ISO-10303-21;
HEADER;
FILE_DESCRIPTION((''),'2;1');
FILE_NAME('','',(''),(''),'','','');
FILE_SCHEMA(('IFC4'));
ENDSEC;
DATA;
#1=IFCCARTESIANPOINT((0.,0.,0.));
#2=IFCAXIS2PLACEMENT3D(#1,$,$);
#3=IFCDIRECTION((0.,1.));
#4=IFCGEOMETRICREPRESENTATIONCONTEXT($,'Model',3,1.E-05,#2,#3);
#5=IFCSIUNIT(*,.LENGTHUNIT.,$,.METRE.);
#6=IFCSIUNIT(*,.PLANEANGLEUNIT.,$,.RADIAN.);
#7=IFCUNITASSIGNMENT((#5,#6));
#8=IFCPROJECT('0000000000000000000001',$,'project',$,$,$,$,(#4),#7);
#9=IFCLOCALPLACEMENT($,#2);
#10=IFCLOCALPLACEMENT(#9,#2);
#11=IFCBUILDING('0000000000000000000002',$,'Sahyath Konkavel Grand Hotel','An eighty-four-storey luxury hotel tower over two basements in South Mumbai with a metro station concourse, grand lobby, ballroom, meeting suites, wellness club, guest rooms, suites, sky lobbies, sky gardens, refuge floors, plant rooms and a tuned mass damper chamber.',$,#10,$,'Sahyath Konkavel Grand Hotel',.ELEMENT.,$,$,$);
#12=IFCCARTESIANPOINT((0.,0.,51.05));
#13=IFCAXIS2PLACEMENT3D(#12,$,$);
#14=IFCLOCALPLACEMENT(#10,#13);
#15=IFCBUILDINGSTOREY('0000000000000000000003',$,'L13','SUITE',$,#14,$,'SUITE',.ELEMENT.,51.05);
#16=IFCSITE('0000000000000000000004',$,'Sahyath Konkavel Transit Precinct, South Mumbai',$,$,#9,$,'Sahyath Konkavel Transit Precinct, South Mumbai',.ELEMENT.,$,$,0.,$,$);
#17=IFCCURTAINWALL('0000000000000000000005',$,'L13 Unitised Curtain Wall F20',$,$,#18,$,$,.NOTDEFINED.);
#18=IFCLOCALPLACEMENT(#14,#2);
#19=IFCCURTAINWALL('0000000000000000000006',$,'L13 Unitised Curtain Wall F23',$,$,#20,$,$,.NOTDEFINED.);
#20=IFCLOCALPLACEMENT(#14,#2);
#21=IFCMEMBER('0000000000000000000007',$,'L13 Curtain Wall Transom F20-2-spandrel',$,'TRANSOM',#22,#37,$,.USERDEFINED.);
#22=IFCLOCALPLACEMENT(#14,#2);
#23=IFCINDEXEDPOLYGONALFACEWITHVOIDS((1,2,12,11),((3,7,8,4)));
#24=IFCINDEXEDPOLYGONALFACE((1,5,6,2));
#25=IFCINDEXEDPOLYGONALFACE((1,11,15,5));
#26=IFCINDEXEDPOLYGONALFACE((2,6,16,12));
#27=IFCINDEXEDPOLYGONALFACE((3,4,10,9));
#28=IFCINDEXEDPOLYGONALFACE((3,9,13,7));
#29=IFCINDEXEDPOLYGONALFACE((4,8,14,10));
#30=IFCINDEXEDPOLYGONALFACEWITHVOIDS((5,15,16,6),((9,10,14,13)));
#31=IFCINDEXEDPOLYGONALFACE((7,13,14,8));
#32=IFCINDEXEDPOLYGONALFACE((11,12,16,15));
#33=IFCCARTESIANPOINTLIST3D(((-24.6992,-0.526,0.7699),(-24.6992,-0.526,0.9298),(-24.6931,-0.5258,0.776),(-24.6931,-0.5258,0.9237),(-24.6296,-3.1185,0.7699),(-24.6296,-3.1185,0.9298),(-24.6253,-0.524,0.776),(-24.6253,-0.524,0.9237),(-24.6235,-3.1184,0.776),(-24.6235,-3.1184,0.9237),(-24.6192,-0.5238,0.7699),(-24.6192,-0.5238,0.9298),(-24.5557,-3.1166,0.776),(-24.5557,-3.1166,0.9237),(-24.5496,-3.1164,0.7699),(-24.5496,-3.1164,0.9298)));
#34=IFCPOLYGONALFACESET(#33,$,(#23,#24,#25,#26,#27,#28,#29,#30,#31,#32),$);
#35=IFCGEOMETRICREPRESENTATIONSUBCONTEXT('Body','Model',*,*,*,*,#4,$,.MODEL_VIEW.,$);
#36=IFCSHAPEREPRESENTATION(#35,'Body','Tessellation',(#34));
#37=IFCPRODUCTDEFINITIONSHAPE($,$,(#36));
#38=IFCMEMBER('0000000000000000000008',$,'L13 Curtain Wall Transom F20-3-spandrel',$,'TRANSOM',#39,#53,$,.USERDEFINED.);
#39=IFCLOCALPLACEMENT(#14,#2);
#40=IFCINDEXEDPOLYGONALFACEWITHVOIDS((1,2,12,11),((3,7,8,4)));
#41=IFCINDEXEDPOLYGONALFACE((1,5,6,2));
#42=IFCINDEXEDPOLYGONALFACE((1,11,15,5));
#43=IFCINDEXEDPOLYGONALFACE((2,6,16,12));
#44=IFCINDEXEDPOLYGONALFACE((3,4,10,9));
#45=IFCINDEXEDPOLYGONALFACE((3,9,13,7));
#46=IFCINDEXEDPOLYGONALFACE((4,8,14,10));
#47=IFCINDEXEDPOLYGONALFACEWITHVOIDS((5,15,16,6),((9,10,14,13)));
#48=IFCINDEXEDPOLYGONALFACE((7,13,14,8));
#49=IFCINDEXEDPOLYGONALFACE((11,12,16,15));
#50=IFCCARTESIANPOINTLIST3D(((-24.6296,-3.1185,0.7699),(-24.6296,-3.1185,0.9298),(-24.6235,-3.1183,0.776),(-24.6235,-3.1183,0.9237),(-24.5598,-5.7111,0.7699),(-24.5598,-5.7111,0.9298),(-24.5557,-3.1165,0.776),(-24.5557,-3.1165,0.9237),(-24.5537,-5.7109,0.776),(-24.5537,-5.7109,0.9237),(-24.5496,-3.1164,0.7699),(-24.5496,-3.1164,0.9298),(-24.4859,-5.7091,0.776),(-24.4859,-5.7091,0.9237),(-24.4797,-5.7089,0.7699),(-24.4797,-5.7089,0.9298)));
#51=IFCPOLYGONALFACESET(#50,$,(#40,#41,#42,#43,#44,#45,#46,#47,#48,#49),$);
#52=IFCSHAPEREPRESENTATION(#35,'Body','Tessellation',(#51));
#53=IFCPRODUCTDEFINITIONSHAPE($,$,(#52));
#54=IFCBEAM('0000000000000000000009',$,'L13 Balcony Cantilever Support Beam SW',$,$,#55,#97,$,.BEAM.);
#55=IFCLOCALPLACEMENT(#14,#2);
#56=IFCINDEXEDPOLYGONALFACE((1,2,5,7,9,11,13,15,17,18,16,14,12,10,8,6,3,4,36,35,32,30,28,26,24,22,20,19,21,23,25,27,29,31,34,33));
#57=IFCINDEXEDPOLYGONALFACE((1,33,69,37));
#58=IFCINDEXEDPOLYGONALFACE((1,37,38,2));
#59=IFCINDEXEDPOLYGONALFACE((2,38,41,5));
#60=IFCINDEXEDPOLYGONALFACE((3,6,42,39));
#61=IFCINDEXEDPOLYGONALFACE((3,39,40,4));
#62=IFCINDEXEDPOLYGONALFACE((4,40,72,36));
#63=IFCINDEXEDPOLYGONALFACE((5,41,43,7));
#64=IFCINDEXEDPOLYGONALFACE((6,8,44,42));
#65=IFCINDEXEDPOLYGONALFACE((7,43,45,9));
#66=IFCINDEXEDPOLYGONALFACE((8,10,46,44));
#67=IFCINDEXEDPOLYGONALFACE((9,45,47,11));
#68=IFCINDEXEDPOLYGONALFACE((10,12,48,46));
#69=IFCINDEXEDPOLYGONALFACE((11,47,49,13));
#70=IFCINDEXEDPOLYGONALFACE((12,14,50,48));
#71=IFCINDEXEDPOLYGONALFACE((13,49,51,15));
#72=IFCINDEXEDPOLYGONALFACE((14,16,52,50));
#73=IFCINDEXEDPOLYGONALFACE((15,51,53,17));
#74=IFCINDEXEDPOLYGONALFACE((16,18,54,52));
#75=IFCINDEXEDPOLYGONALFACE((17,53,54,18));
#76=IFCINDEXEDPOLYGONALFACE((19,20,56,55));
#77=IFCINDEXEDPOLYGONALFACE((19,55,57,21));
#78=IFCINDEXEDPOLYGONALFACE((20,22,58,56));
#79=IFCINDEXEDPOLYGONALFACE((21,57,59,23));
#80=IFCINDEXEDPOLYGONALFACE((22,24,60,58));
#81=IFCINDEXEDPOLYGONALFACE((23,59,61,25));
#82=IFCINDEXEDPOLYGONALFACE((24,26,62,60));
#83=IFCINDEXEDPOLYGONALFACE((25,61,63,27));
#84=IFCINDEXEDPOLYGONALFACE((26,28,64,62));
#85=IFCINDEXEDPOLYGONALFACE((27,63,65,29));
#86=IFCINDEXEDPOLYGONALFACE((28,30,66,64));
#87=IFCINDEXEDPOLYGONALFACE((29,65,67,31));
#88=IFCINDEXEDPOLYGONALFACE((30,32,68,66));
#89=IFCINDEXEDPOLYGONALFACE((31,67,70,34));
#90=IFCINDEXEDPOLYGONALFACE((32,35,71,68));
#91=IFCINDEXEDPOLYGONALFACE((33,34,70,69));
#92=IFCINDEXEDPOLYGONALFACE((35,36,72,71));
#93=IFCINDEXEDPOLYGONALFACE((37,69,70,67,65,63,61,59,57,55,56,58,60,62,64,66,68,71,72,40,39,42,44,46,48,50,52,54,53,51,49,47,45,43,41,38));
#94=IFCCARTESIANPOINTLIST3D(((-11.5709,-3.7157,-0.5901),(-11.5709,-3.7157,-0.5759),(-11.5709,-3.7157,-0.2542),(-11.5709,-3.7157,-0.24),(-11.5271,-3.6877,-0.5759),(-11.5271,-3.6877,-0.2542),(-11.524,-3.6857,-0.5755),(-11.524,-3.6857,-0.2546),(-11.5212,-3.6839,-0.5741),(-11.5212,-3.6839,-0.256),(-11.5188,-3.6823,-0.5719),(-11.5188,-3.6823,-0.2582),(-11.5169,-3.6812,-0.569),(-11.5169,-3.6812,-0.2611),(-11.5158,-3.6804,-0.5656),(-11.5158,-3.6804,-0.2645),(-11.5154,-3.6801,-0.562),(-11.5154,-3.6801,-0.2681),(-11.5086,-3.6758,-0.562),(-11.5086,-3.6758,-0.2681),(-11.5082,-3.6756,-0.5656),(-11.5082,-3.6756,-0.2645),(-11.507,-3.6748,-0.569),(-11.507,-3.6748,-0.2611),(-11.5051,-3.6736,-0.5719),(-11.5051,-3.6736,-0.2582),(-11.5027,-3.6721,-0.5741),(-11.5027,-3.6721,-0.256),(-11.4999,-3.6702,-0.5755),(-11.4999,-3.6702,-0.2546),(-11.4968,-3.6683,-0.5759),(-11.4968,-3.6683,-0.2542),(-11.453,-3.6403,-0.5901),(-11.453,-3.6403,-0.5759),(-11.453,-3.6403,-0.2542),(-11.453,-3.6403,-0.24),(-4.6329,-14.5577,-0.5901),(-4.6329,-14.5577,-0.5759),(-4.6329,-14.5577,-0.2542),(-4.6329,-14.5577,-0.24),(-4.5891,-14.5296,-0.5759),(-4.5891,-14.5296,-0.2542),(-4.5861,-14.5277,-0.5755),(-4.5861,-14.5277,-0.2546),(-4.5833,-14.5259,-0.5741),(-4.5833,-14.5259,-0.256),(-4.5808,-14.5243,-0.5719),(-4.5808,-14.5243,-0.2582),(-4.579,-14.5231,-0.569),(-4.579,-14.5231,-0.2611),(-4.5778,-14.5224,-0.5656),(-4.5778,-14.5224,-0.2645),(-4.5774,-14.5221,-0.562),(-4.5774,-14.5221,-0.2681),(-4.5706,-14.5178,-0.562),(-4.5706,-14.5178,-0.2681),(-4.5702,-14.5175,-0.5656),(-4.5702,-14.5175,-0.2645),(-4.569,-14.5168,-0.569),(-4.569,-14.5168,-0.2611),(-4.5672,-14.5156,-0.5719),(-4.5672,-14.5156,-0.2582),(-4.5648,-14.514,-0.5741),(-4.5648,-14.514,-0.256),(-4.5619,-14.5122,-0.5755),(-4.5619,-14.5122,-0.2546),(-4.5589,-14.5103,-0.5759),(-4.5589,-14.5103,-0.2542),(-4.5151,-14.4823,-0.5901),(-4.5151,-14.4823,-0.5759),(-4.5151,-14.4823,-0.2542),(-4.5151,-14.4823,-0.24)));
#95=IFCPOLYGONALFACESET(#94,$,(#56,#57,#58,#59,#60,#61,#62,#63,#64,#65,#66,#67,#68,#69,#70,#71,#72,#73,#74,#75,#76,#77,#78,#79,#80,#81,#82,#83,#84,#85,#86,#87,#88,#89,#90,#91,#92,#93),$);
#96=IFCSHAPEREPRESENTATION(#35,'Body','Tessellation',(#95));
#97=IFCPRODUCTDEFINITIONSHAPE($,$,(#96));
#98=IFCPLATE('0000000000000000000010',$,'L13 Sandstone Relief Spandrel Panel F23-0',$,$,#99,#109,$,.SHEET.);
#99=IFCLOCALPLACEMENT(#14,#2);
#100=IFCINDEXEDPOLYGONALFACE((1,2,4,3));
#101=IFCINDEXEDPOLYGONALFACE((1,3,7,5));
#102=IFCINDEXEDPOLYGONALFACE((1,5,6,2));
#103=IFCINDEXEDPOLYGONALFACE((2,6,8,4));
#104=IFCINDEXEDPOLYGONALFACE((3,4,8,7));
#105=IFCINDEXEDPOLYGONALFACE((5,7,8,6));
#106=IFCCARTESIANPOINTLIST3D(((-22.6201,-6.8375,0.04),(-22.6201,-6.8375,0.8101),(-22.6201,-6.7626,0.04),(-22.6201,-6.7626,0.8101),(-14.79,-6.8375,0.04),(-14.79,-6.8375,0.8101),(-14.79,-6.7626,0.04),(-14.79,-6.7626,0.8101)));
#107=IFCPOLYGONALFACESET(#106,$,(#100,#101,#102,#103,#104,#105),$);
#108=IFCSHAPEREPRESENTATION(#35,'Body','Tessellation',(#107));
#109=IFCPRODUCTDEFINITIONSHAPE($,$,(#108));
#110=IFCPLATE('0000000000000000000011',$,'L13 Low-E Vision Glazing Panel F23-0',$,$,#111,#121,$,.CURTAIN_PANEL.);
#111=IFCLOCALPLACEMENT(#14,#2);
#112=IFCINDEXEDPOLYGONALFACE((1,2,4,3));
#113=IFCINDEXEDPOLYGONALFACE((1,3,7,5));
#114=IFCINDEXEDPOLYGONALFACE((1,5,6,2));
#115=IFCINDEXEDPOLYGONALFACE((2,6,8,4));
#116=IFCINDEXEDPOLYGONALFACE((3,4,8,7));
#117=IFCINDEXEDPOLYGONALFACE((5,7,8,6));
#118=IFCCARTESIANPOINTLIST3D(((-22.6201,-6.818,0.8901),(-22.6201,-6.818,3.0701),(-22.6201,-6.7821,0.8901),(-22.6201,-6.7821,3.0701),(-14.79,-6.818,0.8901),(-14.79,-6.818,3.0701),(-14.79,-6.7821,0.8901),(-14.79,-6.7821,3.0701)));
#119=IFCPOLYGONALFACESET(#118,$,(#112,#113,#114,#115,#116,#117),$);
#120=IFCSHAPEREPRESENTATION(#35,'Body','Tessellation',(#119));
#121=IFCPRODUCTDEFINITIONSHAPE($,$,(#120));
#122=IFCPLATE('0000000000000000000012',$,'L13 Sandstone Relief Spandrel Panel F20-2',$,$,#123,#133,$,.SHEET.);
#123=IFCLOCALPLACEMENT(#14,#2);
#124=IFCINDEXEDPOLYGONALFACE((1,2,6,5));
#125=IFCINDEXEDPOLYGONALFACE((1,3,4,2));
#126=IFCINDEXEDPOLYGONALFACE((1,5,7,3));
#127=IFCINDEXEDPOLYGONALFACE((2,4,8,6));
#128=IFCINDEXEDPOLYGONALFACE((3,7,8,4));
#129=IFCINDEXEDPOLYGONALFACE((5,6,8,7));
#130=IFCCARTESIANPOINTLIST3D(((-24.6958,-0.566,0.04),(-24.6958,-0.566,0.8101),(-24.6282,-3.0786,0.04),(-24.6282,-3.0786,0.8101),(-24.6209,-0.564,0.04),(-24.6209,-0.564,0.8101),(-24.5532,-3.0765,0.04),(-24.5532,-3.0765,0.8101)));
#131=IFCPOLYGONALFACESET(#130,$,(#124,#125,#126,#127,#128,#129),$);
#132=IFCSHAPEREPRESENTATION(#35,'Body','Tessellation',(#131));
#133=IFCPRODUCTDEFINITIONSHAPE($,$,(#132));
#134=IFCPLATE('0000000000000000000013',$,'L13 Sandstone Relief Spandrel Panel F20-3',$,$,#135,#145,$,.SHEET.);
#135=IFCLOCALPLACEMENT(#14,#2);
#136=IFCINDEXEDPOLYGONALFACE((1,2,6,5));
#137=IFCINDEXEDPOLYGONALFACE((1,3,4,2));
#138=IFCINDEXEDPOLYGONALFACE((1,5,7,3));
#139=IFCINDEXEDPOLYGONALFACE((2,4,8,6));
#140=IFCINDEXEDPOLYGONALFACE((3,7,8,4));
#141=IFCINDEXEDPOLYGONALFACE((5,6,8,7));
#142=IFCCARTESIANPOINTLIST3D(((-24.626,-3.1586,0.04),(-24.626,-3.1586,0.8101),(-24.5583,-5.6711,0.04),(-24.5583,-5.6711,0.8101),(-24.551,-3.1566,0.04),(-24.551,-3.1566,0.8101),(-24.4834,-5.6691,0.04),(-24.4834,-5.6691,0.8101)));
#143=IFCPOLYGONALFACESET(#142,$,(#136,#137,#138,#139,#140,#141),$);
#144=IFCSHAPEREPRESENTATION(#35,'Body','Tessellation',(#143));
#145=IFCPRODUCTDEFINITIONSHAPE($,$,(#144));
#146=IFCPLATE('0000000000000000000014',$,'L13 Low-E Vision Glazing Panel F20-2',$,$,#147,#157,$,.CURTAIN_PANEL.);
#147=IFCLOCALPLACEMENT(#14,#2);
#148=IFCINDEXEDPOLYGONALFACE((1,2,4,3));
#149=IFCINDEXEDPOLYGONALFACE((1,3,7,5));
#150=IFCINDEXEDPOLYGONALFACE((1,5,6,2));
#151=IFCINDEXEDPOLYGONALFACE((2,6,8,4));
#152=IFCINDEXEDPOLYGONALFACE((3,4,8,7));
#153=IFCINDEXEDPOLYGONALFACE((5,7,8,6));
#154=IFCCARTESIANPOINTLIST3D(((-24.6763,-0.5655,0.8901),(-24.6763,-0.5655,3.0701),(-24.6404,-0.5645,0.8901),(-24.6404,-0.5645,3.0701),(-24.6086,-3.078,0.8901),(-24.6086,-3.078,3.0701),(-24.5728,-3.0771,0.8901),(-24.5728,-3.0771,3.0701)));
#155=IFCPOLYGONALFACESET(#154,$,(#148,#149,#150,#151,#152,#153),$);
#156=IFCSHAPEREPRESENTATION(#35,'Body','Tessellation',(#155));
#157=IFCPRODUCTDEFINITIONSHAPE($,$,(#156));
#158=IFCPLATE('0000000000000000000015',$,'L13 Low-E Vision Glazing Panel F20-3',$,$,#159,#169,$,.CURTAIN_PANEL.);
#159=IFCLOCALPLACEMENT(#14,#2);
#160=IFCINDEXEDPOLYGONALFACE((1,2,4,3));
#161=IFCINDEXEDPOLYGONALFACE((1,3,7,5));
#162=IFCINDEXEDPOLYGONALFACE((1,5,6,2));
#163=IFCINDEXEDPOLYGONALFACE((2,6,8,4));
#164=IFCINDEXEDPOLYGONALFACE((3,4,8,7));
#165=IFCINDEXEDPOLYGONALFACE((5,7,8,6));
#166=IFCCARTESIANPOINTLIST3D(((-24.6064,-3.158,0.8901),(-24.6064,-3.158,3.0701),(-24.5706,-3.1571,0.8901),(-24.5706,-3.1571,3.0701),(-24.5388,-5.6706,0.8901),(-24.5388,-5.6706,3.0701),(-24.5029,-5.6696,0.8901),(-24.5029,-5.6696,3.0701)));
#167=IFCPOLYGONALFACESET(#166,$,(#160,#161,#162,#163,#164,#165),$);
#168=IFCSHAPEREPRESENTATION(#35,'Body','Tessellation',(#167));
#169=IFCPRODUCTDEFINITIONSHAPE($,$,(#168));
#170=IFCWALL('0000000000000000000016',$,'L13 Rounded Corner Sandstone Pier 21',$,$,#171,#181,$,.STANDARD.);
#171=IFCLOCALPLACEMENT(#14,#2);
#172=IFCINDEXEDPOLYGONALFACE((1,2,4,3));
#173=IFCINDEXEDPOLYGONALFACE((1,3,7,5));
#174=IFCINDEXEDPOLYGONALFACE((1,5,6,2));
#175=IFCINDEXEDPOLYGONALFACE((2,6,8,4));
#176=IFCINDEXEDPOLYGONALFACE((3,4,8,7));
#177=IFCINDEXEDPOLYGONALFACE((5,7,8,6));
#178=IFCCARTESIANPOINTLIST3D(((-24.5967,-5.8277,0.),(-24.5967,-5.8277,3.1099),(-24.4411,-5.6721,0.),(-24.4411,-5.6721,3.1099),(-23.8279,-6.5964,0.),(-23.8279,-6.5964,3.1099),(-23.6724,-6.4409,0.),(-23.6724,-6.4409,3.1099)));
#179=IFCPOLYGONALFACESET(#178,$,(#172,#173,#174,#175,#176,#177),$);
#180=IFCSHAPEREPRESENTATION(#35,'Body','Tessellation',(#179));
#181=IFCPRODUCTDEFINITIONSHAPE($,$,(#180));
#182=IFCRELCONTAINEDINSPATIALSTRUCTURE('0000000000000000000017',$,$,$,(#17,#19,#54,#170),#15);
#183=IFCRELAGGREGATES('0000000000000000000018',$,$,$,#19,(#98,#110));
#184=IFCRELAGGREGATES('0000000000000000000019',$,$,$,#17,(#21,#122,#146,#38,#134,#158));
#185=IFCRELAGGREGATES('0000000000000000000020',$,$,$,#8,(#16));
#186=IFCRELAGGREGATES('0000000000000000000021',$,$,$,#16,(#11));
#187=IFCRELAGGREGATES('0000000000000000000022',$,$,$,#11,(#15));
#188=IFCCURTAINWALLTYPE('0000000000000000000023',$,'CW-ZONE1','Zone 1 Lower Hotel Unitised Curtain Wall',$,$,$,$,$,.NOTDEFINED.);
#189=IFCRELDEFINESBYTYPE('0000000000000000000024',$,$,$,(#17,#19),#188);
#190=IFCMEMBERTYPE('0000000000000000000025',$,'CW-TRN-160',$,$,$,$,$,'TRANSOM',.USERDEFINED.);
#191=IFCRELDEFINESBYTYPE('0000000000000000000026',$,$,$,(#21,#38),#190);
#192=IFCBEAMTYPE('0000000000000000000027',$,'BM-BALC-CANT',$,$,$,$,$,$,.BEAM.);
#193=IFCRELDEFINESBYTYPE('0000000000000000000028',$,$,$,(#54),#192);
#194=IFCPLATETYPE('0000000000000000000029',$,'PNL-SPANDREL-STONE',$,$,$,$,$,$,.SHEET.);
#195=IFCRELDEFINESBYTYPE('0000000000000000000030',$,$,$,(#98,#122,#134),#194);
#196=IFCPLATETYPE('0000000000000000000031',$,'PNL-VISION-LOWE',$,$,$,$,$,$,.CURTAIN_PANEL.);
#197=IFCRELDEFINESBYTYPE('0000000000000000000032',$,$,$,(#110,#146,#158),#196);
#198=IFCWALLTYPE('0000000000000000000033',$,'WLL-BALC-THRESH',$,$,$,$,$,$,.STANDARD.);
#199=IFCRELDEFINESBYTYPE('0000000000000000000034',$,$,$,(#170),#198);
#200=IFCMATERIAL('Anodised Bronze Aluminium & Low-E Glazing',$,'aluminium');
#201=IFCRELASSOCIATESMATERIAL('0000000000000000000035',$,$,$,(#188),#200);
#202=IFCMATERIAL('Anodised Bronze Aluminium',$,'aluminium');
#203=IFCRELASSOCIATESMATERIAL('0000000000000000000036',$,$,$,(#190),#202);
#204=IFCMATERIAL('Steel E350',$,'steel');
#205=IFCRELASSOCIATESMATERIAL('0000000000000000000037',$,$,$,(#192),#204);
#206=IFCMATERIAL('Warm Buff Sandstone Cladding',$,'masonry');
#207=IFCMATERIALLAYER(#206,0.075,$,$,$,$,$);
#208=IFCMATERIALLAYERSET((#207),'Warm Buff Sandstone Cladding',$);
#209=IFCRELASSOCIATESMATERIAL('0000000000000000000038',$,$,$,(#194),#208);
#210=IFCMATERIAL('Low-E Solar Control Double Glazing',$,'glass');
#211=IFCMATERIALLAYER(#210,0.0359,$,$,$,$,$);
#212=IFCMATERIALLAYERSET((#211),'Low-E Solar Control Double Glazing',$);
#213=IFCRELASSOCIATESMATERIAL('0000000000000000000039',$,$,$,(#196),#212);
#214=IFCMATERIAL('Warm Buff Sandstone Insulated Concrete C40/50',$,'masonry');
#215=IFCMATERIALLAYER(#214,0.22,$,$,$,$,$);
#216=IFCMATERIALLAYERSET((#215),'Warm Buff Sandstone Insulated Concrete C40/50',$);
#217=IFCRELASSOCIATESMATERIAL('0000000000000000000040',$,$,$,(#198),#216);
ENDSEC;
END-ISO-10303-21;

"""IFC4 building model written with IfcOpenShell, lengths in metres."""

from ifc_helpers import new_model, si_unit, direction, frame, frame_2d, origin, origin_2d, place, context, subcontext, project, spatial, rectangle, hollow_rectangle, i_section, extrude, source, transform, mapped, material, layer, layer_set, material_profile, profile_set, type_object, element, aggregate, save


model = new_model("IFC4")

# Units and contexts
model_context = context("Model", 3, precision=1e-05, world=origin(), true_north=direction((0.0, 1.0)))
body_context = subcontext(model_context, "Body", "Model", "MODEL_VIEW")
ifc_project = project(units=[si_unit("LENGTHUNIT", "METRE"), si_unit("PLANEANGLEUNIT", "RADIAN")], contexts=[model_context])

# Site, building, storey
site_placement = place(None, origin())
site = spatial("IfcSite", under=ifc_project, at=site_placement, Name="Sahyath Konkavel Transit Precinct, South Mumbai", LongName="Sahyath Konkavel Transit Precinct, South Mumbai", CompositionType="ELEMENT", RefElevation=0.0)
building_placement = place(site_placement, origin())
building = spatial("IfcBuilding", under=site, at=building_placement, Name="Sahyath Konkavel Grand Hotel", Description="An eighty-four-storey luxury hotel tower over two basements in South Mumbai with a metro station concourse, grand lobby, ballroom, meeting suites, wellness club, guest rooms, suites, sky lobbies, sky gardens, refuge floors, plant rooms and a tuned mass damper chamber.", LongName="Sahyath Konkavel Grand Hotel", CompositionType="ELEMENT")
storey_placement = place(building_placement, frame((0.0, 0.0, 51.05)))
storey = spatial("IfcBuildingStorey", under=building, at=storey_placement, Name="L13", Description="SUITE", LongName="SUITE", CompositionType="ELEMENT", Elevation=51.05)

# Shared definitions
ifc_material_1 = material(Name="Steel E350", Category="steel")

# Curtain wall
ifc_material_2 = material(Name="Anodised Bronze Aluminium & Low-E Glazing", Category="aluminium")
curtain_wall_type = type_object("IfcCurtainWallType", Name="CW-ZONE1", Description="Zone 1 Lower Hotel Unitised Curtain Wall", PredefinedType="NOTDEFINED", material=ifc_material_2)
curtain_wall_1_placement = place(storey_placement, origin())
curtain_wall_1 = element("IfcCurtainWall", 1, at=curtain_wall_1_placement, inside=storey, type_object=curtain_wall_type, Name="L13 Unitised Curtain Wall F20", PredefinedType="NOTDEFINED")
ifc_material_3 = material(Name="Anodised Bronze Aluminium", Category="aluminium")

# Curtain wall
curtain_wall_2_placement = place(storey_placement, origin())
curtain_wall_2 = element("IfcCurtainWall", 2, at=curtain_wall_2_placement, inside=storey, type_object=curtain_wall_type, Name="L13 Unitised Curtain Wall F23", PredefinedType="NOTDEFINED")

# Members
ifc_material_profile_1 = material_profile(ifc_material_3, hollow_rectangle(XDim=0.0801, YDim=0.1599, WallThickness=0.0061, at=origin_2d()), Name="RHS 160x80x6")
ifc_profile_set_1 = profile_set([ifc_material_profile_1], Name="Anodised Bronze Aluminium")
member_type_1 = type_object("IfcMemberType", Name="CW-TRN-160", ElementType="TRANSOM", PredefinedType="USERDEFINED", material=ifc_profile_set_1)
shared_shape_1 = source(origin(), body_context, "Body", "SweptSolid", [
    extrude(hollow_rectangle(XDim=0.0801, YDim=0.1599, WallThickness=0.0061, at=origin_2d()), origin(), (0.0, 0.0, 1.0), 2.5935),
])
member_1_placement = place(storey_placement, frame((-24.6592, -0.5249, 0.8499), z_axis=(0.026829, -0.99964, 0.0), x_axis=(0.99964, 0.026829, 0.0)))
member_1 = element("IfcMember", 3, at=member_1_placement, type_object=member_type_1, Name="L13 Curtain Wall Transom F20-2-spandrel", ObjectType="TRANSOM", PredefinedType="USERDEFINED", context=body_context, shape_type="MappedRepresentation", body=[
    mapped(shared_shape_1, transform((0.0, 0.0, 0.0), scale=1.0)),
])
member_2_placement = place(storey_placement, frame((-24.5896, -3.1174, 0.8499), z_axis=(0.026923, -0.999638, 0.0), x_axis=(0.999638, 0.026923, 0.0)))
member_2 = element("IfcMember", 4, at=member_2_placement, type_object=member_type_1, Name="L13 Curtain Wall Transom F20-3-spandrel", ObjectType="TRANSOM", PredefinedType="USERDEFINED", context=body_context, shape_type="MappedRepresentation", body=[
    mapped(shared_shape_1, transform((0.0, 0.0, 0.0), scale=1.0)),
])

# Beam
ifc_material_profile_2 = material_profile(ifc_material_1, i_section(OverallWidth=0.1399, OverallDepth=0.3501, WebThickness=0.0081, FlangeThickness=0.0142, FilletRadius=0.0139, at=origin_2d()), Name="ISMB 350")
ifc_profile_set_2 = profile_set([ifc_material_profile_2], Name="Steel E350")
beam_type_1 = type_object("IfcBeamType", Name="BM-BALC-CANT", PredefinedType="BEAM", material=ifc_profile_set_2)
shared_shape_2 = source(origin(), body_context, "Body", "SweptSolid", [
    extrude(i_section(OverallWidth=0.1399, OverallDepth=0.3501, WebThickness=0.0081, FlangeThickness=0.0142, FilletRadius=0.0139, at=origin_2d()), origin(), (0.0, 0.0, 1.0), 12.8718),
])
beam_1_placement = place(storey_placement, frame((-11.512, -3.678, -0.415), z_axis=(0.539003, -0.842304, 0.0), x_axis=(0.842304, 0.539003, 0.0)))
element("IfcBeam", 5, at=beam_1_placement, inside=storey, type_object=beam_type_1, Name="L13 Balcony Cantilever Support Beam SW", PredefinedType="BEAM", context=body_context, shape_type="MappedRepresentation", body=[
    mapped(shared_shape_2, transform((0.0, 0.0, 0.0), scale=1.0)),
])

# Plates
ifc_material_4 = material(Name="Warm Buff Sandstone Cladding", Category="masonry")
ifc_layer_1 = layer(ifc_material_4, 0.075)
ifc_layer_set_1 = layer_set([ifc_layer_1], Name="Warm Buff Sandstone Cladding")
plate_type_1 = type_object("IfcPlateType", Name="PNL-SPANDREL-STONE", PredefinedType="SHEET", material=ifc_layer_set_1)
shared_shape_3 = source(origin(), body_context, "Body", "SweptSolid", [
    extrude(rectangle(XDim=7.8301, YDim=0.075, at=origin_2d()), origin(), (0.0, 0.0, 1.0), 0.77),
])
plate_1_placement = place(storey_placement, frame((-18.7051, -6.8, 0.04), z_axis=(0.0, 0.0, 1.0), x_axis=(1.0, 0.0, 0.0)))
plate_1 = element("IfcPlate", 6, at=plate_1_placement, type_object=plate_type_1, Name="L13 Sandstone Relief Spandrel Panel F23-0", PredefinedType="SHEET", context=body_context, shape_type="MappedRepresentation", body=[
    mapped(shared_shape_3, transform((0.0, 0.0, 0.0), scale=1.0)),
])
ifc_material_5 = material(Name="Low-E Solar Control Double Glazing", Category="glass")
ifc_layer_2 = layer(ifc_material_5, 0.0359)
ifc_layer_set_2 = layer_set([ifc_layer_2], Name="Low-E Solar Control Double Glazing")
plate_type_2 = type_object("IfcPlateType", Name="PNL-VISION-LOWE", PredefinedType="CURTAIN_PANEL", material=ifc_layer_set_2)
shared_shape_4 = source(origin(), body_context, "Body", "SweptSolid", [
    extrude(rectangle(XDim=7.8301, YDim=0.0359, at=origin_2d()), origin(), (0.0, 0.0, 1.0), 2.1799),
])
plate_2_placement = place(storey_placement, frame((-18.7051, -6.8, 0.8901), z_axis=(0.0, 0.0, 1.0), x_axis=(1.0, 0.0, 0.0)))
plate_2 = element("IfcPlate", 7, at=plate_2_placement, type_object=plate_type_2, Name="L13 Low-E Vision Glazing Panel F23-0", PredefinedType="CURTAIN_PANEL", context=body_context, shape_type="MappedRepresentation", body=[
    mapped(shared_shape_4, transform((0.0, 0.0, 0.0), scale=1.0)),
])
aggregate(curtain_wall_2, [plate_1, plate_2])
shared_shape_5 = source(origin(), body_context, "Body", "SweptSolid", [
    extrude(rectangle(XDim=2.5134, YDim=0.075, at=origin_2d()), origin(), (0.0, 0.0, 1.0), 0.77),
])
plate_3_placement = place(storey_placement, frame((-24.6245, -1.8213, 0.04), z_axis=(0.0, 0.0, 1.0), x_axis=(0.02691, -0.999638, 0.0)))
plate_3 = element("IfcPlate", 8, at=plate_3_placement, type_object=plate_type_1, Name="L13 Sandstone Relief Spandrel Panel F20-2", PredefinedType="SHEET", context=body_context, shape_type="MappedRepresentation", body=[
    mapped(shared_shape_5, transform((0.0, 0.0, 0.0), scale=1.0)),
])
plate_4_placement = place(storey_placement, frame((-24.5547, -4.4138, 0.04), z_axis=(0.0, 0.0, 1.0), x_axis=(0.02691, -0.999638, 0.0)))
plate_4 = element("IfcPlate", 9, at=plate_4_placement, type_object=plate_type_1, Name="L13 Sandstone Relief Spandrel Panel F20-3", PredefinedType="SHEET", context=body_context, shape_type="MappedRepresentation", body=[
    mapped(shared_shape_5, transform((0.0, 0.0, 0.0), scale=1.0)),
])
shared_shape_6 = source(origin(), body_context, "Body", "SweptSolid", [
    extrude(rectangle(XDim=2.5134, YDim=0.0359, at=origin_2d()), origin(), (0.0, 0.0, 1.0), 2.1799),
])
plate_5_placement = place(storey_placement, frame((-24.6245, -1.8213, 0.8901), z_axis=(0.0, 0.0, 1.0), x_axis=(0.02691, -0.999638, 0.0)))
plate_5 = element("IfcPlate", 10, at=plate_5_placement, type_object=plate_type_2, Name="L13 Low-E Vision Glazing Panel F20-2", PredefinedType="CURTAIN_PANEL", context=body_context, shape_type="MappedRepresentation", body=[
    mapped(shared_shape_6, transform((0.0, 0.0, 0.0), scale=1.0)),
])
plate_6_placement = place(storey_placement, frame((-24.5547, -4.4138, 0.8901), z_axis=(0.0, 0.0, 1.0), x_axis=(0.02691, -0.999638, 0.0)))
plate_6 = element("IfcPlate", 11, at=plate_6_placement, type_object=plate_type_2, Name="L13 Low-E Vision Glazing Panel F20-3", PredefinedType="CURTAIN_PANEL", context=body_context, shape_type="MappedRepresentation", body=[
    mapped(shared_shape_6, transform((0.0, 0.0, 0.0), scale=1.0)),
])
aggregate(curtain_wall_1, [member_1, plate_3, plate_5, member_2, plate_4, plate_6])

# Wall
ifc_material_6 = material(Name="Warm Buff Sandstone Insulated Concrete C40/50", Category="masonry")
ifc_layer_3 = layer(ifc_material_6, 0.22)
ifc_layer_set_3 = layer_set([ifc_layer_3], Name="Warm Buff Sandstone Insulated Concrete C40/50")
wall_type_1 = type_object("IfcWallType", Name="WLL-BALC-THRESH", PredefinedType="STANDARD", material=ifc_layer_set_3)
for number, where, z_axis, x_axis, name in (
    (12, (-24.5188, -5.75, 0.0), (0.0, 0.0, 1.0), (0.707107, -0.707107, 0.0), "L13 Rounded Corner Sandstone Pier 21"),
):
    element("IfcWall", number, at=place(storey_placement, frame(where, z_axis=z_axis, x_axis=x_axis)), inside=storey, type_object=wall_type_1, Name=name, PredefinedType="STANDARD", context=body_context, shape_type="SweptSolid", body=[
        extrude(rectangle(XDim=1.0872, YDim=0.22, at=frame_2d((0.5435, 0.0))), origin(), (0.0, 0.0, 1.0), 3.1099),
    ])

save(model, "model.ifc")
